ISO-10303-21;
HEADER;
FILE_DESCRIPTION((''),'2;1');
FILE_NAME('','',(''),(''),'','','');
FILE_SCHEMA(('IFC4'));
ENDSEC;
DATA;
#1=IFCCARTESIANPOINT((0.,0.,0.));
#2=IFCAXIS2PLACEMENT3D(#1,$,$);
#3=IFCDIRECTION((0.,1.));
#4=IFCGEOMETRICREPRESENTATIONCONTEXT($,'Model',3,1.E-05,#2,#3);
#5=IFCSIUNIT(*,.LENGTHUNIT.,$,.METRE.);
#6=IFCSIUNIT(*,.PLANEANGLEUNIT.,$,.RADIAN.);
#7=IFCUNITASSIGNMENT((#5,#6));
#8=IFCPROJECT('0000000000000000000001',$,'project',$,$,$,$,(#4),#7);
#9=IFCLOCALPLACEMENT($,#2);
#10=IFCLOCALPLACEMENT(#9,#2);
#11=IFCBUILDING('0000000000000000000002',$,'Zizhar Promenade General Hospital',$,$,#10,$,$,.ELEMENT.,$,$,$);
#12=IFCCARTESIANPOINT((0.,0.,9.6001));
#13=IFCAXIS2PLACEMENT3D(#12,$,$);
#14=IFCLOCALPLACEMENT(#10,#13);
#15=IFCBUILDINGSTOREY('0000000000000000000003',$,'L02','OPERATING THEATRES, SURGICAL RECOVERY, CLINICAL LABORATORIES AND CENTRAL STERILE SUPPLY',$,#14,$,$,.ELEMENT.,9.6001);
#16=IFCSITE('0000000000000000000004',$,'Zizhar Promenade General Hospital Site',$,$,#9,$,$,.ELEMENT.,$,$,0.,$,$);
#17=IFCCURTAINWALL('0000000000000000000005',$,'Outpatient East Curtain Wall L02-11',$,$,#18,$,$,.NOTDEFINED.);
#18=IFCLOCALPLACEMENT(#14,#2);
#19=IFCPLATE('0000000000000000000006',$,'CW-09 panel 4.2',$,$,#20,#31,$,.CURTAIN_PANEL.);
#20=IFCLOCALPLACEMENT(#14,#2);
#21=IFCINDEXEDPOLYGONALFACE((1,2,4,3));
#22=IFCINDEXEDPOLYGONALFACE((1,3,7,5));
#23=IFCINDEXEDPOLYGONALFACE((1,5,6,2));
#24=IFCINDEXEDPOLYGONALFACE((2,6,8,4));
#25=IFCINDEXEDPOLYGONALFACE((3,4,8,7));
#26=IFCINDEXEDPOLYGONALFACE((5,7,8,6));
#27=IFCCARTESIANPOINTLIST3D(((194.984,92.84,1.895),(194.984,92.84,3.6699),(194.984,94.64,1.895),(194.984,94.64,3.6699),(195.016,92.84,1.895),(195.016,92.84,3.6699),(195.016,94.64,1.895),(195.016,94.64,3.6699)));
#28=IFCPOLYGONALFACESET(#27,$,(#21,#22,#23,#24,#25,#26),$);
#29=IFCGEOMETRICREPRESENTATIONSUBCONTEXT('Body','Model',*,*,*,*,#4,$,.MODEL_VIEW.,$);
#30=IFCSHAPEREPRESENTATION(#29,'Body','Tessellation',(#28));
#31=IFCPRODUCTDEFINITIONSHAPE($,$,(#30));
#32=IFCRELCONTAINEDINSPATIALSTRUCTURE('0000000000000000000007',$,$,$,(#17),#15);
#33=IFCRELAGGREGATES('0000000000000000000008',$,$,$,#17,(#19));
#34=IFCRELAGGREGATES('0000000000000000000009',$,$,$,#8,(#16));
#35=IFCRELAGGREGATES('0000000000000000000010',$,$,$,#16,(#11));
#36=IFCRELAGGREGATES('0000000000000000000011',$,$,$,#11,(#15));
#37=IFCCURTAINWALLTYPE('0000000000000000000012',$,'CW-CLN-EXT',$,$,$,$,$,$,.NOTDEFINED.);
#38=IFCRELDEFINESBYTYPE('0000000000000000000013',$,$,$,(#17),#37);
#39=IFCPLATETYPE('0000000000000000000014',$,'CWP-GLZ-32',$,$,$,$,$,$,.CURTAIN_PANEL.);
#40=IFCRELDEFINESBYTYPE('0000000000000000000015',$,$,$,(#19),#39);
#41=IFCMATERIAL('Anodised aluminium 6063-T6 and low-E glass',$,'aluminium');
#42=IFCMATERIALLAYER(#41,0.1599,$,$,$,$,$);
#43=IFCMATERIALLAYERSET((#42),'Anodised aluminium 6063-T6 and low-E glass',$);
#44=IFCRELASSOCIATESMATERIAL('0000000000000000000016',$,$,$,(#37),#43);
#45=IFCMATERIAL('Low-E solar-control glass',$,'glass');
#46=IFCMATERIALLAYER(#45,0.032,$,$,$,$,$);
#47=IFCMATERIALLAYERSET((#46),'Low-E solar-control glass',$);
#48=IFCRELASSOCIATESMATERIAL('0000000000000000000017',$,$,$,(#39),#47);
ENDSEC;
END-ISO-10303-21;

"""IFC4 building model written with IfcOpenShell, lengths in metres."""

from ifc_helpers import new_model, si_unit, direction, frame, origin, origin_2d, place, context, subcontext, project, spatial, rectangle, extrude, material, layer, layer_set, type_object, element, aggregate, save


model = new_model("IFC4")

# Units and contexts
model_context = context("Model", 3, precision=1e-05, world=origin(), true_north=direction((0.0, 1.0)))
body_context = subcontext(model_context, "Body", "Model", "MODEL_VIEW")
ifc_project = project(units=[si_unit("LENGTHUNIT", "METRE"), si_unit("PLANEANGLEUNIT", "RADIAN")], contexts=[model_context])

# Site, building, storey
site_placement = place(None, origin())
site = spatial("IfcSite", under=ifc_project, at=site_placement, Name="Zizhar Promenade General Hospital Site", CompositionType="ELEMENT", RefElevation=0.0)
building_placement = place(site_placement, origin())
building = spatial("IfcBuilding", under=site, at=building_placement, Name="Zizhar Promenade General Hospital", CompositionType="ELEMENT")
storey_placement = place(building_placement, frame((0.0, 0.0, 9.6001)))
storey = spatial("IfcBuildingStorey", under=building, at=storey_placement, Name="L02", Description="OPERATING THEATRES, SURGICAL RECOVERY, CLINICAL LABORATORIES AND CENTRAL STERILE SUPPLY", CompositionType="ELEMENT", Elevation=9.6001)

# Curtain wall
ifc_material_1 = material(Name="Anodised aluminium 6063-T6 and low-E glass", Category="aluminium")
ifc_layer_1 = layer(ifc_material_1, 0.1599)
ifc_layer_set_1 = layer_set([ifc_layer_1], Name="Anodised aluminium 6063-T6 and low-E glass")
curtain_wall_type = type_object("IfcCurtainWallType", Name="CW-CLN-EXT", PredefinedType="NOTDEFINED", material=ifc_layer_set_1)
curtain_wall_1_placement = place(storey_placement, origin())
curtain_wall_1 = element("IfcCurtainWall", 1, at=curtain_wall_1_placement, inside=storey, type_object=curtain_wall_type, Name="Outpatient East Curtain Wall L02-11", PredefinedType="NOTDEFINED")

# Plate
ifc_material_2 = material(Name="Low-E solar-control glass", Category="glass")
ifc_layer_2 = layer(ifc_material_2, 0.032)
ifc_layer_set_2 = layer_set([ifc_layer_2], Name="Low-E solar-control glass")
plate_type = type_object("IfcPlateType", Name="CWP-GLZ-32", PredefinedType="CURTAIN_PANEL", material=ifc_layer_set_2)
plate_1_placement = place(storey_placement, frame((195.0, 93.74, 1.895), z_axis=(0.0, 0.0, 1.0), x_axis=(0.0, -1.0, 0.0)))
plate_1 = element("IfcPlate", 2, at=plate_1_placement, type_object=plate_type, Name="CW-09 panel 4.2", PredefinedType="CURTAIN_PANEL", context=body_context, shape_type="SweptSolid", body=[
    extrude(rectangle(XDim=1.8, YDim=0.032, at=origin_2d()), origin(), (0.0, 0.0, 1.0), 1.7749),
])
aggregate(curtain_wall_1, [plate_1])

save(model, "model.ifc")
